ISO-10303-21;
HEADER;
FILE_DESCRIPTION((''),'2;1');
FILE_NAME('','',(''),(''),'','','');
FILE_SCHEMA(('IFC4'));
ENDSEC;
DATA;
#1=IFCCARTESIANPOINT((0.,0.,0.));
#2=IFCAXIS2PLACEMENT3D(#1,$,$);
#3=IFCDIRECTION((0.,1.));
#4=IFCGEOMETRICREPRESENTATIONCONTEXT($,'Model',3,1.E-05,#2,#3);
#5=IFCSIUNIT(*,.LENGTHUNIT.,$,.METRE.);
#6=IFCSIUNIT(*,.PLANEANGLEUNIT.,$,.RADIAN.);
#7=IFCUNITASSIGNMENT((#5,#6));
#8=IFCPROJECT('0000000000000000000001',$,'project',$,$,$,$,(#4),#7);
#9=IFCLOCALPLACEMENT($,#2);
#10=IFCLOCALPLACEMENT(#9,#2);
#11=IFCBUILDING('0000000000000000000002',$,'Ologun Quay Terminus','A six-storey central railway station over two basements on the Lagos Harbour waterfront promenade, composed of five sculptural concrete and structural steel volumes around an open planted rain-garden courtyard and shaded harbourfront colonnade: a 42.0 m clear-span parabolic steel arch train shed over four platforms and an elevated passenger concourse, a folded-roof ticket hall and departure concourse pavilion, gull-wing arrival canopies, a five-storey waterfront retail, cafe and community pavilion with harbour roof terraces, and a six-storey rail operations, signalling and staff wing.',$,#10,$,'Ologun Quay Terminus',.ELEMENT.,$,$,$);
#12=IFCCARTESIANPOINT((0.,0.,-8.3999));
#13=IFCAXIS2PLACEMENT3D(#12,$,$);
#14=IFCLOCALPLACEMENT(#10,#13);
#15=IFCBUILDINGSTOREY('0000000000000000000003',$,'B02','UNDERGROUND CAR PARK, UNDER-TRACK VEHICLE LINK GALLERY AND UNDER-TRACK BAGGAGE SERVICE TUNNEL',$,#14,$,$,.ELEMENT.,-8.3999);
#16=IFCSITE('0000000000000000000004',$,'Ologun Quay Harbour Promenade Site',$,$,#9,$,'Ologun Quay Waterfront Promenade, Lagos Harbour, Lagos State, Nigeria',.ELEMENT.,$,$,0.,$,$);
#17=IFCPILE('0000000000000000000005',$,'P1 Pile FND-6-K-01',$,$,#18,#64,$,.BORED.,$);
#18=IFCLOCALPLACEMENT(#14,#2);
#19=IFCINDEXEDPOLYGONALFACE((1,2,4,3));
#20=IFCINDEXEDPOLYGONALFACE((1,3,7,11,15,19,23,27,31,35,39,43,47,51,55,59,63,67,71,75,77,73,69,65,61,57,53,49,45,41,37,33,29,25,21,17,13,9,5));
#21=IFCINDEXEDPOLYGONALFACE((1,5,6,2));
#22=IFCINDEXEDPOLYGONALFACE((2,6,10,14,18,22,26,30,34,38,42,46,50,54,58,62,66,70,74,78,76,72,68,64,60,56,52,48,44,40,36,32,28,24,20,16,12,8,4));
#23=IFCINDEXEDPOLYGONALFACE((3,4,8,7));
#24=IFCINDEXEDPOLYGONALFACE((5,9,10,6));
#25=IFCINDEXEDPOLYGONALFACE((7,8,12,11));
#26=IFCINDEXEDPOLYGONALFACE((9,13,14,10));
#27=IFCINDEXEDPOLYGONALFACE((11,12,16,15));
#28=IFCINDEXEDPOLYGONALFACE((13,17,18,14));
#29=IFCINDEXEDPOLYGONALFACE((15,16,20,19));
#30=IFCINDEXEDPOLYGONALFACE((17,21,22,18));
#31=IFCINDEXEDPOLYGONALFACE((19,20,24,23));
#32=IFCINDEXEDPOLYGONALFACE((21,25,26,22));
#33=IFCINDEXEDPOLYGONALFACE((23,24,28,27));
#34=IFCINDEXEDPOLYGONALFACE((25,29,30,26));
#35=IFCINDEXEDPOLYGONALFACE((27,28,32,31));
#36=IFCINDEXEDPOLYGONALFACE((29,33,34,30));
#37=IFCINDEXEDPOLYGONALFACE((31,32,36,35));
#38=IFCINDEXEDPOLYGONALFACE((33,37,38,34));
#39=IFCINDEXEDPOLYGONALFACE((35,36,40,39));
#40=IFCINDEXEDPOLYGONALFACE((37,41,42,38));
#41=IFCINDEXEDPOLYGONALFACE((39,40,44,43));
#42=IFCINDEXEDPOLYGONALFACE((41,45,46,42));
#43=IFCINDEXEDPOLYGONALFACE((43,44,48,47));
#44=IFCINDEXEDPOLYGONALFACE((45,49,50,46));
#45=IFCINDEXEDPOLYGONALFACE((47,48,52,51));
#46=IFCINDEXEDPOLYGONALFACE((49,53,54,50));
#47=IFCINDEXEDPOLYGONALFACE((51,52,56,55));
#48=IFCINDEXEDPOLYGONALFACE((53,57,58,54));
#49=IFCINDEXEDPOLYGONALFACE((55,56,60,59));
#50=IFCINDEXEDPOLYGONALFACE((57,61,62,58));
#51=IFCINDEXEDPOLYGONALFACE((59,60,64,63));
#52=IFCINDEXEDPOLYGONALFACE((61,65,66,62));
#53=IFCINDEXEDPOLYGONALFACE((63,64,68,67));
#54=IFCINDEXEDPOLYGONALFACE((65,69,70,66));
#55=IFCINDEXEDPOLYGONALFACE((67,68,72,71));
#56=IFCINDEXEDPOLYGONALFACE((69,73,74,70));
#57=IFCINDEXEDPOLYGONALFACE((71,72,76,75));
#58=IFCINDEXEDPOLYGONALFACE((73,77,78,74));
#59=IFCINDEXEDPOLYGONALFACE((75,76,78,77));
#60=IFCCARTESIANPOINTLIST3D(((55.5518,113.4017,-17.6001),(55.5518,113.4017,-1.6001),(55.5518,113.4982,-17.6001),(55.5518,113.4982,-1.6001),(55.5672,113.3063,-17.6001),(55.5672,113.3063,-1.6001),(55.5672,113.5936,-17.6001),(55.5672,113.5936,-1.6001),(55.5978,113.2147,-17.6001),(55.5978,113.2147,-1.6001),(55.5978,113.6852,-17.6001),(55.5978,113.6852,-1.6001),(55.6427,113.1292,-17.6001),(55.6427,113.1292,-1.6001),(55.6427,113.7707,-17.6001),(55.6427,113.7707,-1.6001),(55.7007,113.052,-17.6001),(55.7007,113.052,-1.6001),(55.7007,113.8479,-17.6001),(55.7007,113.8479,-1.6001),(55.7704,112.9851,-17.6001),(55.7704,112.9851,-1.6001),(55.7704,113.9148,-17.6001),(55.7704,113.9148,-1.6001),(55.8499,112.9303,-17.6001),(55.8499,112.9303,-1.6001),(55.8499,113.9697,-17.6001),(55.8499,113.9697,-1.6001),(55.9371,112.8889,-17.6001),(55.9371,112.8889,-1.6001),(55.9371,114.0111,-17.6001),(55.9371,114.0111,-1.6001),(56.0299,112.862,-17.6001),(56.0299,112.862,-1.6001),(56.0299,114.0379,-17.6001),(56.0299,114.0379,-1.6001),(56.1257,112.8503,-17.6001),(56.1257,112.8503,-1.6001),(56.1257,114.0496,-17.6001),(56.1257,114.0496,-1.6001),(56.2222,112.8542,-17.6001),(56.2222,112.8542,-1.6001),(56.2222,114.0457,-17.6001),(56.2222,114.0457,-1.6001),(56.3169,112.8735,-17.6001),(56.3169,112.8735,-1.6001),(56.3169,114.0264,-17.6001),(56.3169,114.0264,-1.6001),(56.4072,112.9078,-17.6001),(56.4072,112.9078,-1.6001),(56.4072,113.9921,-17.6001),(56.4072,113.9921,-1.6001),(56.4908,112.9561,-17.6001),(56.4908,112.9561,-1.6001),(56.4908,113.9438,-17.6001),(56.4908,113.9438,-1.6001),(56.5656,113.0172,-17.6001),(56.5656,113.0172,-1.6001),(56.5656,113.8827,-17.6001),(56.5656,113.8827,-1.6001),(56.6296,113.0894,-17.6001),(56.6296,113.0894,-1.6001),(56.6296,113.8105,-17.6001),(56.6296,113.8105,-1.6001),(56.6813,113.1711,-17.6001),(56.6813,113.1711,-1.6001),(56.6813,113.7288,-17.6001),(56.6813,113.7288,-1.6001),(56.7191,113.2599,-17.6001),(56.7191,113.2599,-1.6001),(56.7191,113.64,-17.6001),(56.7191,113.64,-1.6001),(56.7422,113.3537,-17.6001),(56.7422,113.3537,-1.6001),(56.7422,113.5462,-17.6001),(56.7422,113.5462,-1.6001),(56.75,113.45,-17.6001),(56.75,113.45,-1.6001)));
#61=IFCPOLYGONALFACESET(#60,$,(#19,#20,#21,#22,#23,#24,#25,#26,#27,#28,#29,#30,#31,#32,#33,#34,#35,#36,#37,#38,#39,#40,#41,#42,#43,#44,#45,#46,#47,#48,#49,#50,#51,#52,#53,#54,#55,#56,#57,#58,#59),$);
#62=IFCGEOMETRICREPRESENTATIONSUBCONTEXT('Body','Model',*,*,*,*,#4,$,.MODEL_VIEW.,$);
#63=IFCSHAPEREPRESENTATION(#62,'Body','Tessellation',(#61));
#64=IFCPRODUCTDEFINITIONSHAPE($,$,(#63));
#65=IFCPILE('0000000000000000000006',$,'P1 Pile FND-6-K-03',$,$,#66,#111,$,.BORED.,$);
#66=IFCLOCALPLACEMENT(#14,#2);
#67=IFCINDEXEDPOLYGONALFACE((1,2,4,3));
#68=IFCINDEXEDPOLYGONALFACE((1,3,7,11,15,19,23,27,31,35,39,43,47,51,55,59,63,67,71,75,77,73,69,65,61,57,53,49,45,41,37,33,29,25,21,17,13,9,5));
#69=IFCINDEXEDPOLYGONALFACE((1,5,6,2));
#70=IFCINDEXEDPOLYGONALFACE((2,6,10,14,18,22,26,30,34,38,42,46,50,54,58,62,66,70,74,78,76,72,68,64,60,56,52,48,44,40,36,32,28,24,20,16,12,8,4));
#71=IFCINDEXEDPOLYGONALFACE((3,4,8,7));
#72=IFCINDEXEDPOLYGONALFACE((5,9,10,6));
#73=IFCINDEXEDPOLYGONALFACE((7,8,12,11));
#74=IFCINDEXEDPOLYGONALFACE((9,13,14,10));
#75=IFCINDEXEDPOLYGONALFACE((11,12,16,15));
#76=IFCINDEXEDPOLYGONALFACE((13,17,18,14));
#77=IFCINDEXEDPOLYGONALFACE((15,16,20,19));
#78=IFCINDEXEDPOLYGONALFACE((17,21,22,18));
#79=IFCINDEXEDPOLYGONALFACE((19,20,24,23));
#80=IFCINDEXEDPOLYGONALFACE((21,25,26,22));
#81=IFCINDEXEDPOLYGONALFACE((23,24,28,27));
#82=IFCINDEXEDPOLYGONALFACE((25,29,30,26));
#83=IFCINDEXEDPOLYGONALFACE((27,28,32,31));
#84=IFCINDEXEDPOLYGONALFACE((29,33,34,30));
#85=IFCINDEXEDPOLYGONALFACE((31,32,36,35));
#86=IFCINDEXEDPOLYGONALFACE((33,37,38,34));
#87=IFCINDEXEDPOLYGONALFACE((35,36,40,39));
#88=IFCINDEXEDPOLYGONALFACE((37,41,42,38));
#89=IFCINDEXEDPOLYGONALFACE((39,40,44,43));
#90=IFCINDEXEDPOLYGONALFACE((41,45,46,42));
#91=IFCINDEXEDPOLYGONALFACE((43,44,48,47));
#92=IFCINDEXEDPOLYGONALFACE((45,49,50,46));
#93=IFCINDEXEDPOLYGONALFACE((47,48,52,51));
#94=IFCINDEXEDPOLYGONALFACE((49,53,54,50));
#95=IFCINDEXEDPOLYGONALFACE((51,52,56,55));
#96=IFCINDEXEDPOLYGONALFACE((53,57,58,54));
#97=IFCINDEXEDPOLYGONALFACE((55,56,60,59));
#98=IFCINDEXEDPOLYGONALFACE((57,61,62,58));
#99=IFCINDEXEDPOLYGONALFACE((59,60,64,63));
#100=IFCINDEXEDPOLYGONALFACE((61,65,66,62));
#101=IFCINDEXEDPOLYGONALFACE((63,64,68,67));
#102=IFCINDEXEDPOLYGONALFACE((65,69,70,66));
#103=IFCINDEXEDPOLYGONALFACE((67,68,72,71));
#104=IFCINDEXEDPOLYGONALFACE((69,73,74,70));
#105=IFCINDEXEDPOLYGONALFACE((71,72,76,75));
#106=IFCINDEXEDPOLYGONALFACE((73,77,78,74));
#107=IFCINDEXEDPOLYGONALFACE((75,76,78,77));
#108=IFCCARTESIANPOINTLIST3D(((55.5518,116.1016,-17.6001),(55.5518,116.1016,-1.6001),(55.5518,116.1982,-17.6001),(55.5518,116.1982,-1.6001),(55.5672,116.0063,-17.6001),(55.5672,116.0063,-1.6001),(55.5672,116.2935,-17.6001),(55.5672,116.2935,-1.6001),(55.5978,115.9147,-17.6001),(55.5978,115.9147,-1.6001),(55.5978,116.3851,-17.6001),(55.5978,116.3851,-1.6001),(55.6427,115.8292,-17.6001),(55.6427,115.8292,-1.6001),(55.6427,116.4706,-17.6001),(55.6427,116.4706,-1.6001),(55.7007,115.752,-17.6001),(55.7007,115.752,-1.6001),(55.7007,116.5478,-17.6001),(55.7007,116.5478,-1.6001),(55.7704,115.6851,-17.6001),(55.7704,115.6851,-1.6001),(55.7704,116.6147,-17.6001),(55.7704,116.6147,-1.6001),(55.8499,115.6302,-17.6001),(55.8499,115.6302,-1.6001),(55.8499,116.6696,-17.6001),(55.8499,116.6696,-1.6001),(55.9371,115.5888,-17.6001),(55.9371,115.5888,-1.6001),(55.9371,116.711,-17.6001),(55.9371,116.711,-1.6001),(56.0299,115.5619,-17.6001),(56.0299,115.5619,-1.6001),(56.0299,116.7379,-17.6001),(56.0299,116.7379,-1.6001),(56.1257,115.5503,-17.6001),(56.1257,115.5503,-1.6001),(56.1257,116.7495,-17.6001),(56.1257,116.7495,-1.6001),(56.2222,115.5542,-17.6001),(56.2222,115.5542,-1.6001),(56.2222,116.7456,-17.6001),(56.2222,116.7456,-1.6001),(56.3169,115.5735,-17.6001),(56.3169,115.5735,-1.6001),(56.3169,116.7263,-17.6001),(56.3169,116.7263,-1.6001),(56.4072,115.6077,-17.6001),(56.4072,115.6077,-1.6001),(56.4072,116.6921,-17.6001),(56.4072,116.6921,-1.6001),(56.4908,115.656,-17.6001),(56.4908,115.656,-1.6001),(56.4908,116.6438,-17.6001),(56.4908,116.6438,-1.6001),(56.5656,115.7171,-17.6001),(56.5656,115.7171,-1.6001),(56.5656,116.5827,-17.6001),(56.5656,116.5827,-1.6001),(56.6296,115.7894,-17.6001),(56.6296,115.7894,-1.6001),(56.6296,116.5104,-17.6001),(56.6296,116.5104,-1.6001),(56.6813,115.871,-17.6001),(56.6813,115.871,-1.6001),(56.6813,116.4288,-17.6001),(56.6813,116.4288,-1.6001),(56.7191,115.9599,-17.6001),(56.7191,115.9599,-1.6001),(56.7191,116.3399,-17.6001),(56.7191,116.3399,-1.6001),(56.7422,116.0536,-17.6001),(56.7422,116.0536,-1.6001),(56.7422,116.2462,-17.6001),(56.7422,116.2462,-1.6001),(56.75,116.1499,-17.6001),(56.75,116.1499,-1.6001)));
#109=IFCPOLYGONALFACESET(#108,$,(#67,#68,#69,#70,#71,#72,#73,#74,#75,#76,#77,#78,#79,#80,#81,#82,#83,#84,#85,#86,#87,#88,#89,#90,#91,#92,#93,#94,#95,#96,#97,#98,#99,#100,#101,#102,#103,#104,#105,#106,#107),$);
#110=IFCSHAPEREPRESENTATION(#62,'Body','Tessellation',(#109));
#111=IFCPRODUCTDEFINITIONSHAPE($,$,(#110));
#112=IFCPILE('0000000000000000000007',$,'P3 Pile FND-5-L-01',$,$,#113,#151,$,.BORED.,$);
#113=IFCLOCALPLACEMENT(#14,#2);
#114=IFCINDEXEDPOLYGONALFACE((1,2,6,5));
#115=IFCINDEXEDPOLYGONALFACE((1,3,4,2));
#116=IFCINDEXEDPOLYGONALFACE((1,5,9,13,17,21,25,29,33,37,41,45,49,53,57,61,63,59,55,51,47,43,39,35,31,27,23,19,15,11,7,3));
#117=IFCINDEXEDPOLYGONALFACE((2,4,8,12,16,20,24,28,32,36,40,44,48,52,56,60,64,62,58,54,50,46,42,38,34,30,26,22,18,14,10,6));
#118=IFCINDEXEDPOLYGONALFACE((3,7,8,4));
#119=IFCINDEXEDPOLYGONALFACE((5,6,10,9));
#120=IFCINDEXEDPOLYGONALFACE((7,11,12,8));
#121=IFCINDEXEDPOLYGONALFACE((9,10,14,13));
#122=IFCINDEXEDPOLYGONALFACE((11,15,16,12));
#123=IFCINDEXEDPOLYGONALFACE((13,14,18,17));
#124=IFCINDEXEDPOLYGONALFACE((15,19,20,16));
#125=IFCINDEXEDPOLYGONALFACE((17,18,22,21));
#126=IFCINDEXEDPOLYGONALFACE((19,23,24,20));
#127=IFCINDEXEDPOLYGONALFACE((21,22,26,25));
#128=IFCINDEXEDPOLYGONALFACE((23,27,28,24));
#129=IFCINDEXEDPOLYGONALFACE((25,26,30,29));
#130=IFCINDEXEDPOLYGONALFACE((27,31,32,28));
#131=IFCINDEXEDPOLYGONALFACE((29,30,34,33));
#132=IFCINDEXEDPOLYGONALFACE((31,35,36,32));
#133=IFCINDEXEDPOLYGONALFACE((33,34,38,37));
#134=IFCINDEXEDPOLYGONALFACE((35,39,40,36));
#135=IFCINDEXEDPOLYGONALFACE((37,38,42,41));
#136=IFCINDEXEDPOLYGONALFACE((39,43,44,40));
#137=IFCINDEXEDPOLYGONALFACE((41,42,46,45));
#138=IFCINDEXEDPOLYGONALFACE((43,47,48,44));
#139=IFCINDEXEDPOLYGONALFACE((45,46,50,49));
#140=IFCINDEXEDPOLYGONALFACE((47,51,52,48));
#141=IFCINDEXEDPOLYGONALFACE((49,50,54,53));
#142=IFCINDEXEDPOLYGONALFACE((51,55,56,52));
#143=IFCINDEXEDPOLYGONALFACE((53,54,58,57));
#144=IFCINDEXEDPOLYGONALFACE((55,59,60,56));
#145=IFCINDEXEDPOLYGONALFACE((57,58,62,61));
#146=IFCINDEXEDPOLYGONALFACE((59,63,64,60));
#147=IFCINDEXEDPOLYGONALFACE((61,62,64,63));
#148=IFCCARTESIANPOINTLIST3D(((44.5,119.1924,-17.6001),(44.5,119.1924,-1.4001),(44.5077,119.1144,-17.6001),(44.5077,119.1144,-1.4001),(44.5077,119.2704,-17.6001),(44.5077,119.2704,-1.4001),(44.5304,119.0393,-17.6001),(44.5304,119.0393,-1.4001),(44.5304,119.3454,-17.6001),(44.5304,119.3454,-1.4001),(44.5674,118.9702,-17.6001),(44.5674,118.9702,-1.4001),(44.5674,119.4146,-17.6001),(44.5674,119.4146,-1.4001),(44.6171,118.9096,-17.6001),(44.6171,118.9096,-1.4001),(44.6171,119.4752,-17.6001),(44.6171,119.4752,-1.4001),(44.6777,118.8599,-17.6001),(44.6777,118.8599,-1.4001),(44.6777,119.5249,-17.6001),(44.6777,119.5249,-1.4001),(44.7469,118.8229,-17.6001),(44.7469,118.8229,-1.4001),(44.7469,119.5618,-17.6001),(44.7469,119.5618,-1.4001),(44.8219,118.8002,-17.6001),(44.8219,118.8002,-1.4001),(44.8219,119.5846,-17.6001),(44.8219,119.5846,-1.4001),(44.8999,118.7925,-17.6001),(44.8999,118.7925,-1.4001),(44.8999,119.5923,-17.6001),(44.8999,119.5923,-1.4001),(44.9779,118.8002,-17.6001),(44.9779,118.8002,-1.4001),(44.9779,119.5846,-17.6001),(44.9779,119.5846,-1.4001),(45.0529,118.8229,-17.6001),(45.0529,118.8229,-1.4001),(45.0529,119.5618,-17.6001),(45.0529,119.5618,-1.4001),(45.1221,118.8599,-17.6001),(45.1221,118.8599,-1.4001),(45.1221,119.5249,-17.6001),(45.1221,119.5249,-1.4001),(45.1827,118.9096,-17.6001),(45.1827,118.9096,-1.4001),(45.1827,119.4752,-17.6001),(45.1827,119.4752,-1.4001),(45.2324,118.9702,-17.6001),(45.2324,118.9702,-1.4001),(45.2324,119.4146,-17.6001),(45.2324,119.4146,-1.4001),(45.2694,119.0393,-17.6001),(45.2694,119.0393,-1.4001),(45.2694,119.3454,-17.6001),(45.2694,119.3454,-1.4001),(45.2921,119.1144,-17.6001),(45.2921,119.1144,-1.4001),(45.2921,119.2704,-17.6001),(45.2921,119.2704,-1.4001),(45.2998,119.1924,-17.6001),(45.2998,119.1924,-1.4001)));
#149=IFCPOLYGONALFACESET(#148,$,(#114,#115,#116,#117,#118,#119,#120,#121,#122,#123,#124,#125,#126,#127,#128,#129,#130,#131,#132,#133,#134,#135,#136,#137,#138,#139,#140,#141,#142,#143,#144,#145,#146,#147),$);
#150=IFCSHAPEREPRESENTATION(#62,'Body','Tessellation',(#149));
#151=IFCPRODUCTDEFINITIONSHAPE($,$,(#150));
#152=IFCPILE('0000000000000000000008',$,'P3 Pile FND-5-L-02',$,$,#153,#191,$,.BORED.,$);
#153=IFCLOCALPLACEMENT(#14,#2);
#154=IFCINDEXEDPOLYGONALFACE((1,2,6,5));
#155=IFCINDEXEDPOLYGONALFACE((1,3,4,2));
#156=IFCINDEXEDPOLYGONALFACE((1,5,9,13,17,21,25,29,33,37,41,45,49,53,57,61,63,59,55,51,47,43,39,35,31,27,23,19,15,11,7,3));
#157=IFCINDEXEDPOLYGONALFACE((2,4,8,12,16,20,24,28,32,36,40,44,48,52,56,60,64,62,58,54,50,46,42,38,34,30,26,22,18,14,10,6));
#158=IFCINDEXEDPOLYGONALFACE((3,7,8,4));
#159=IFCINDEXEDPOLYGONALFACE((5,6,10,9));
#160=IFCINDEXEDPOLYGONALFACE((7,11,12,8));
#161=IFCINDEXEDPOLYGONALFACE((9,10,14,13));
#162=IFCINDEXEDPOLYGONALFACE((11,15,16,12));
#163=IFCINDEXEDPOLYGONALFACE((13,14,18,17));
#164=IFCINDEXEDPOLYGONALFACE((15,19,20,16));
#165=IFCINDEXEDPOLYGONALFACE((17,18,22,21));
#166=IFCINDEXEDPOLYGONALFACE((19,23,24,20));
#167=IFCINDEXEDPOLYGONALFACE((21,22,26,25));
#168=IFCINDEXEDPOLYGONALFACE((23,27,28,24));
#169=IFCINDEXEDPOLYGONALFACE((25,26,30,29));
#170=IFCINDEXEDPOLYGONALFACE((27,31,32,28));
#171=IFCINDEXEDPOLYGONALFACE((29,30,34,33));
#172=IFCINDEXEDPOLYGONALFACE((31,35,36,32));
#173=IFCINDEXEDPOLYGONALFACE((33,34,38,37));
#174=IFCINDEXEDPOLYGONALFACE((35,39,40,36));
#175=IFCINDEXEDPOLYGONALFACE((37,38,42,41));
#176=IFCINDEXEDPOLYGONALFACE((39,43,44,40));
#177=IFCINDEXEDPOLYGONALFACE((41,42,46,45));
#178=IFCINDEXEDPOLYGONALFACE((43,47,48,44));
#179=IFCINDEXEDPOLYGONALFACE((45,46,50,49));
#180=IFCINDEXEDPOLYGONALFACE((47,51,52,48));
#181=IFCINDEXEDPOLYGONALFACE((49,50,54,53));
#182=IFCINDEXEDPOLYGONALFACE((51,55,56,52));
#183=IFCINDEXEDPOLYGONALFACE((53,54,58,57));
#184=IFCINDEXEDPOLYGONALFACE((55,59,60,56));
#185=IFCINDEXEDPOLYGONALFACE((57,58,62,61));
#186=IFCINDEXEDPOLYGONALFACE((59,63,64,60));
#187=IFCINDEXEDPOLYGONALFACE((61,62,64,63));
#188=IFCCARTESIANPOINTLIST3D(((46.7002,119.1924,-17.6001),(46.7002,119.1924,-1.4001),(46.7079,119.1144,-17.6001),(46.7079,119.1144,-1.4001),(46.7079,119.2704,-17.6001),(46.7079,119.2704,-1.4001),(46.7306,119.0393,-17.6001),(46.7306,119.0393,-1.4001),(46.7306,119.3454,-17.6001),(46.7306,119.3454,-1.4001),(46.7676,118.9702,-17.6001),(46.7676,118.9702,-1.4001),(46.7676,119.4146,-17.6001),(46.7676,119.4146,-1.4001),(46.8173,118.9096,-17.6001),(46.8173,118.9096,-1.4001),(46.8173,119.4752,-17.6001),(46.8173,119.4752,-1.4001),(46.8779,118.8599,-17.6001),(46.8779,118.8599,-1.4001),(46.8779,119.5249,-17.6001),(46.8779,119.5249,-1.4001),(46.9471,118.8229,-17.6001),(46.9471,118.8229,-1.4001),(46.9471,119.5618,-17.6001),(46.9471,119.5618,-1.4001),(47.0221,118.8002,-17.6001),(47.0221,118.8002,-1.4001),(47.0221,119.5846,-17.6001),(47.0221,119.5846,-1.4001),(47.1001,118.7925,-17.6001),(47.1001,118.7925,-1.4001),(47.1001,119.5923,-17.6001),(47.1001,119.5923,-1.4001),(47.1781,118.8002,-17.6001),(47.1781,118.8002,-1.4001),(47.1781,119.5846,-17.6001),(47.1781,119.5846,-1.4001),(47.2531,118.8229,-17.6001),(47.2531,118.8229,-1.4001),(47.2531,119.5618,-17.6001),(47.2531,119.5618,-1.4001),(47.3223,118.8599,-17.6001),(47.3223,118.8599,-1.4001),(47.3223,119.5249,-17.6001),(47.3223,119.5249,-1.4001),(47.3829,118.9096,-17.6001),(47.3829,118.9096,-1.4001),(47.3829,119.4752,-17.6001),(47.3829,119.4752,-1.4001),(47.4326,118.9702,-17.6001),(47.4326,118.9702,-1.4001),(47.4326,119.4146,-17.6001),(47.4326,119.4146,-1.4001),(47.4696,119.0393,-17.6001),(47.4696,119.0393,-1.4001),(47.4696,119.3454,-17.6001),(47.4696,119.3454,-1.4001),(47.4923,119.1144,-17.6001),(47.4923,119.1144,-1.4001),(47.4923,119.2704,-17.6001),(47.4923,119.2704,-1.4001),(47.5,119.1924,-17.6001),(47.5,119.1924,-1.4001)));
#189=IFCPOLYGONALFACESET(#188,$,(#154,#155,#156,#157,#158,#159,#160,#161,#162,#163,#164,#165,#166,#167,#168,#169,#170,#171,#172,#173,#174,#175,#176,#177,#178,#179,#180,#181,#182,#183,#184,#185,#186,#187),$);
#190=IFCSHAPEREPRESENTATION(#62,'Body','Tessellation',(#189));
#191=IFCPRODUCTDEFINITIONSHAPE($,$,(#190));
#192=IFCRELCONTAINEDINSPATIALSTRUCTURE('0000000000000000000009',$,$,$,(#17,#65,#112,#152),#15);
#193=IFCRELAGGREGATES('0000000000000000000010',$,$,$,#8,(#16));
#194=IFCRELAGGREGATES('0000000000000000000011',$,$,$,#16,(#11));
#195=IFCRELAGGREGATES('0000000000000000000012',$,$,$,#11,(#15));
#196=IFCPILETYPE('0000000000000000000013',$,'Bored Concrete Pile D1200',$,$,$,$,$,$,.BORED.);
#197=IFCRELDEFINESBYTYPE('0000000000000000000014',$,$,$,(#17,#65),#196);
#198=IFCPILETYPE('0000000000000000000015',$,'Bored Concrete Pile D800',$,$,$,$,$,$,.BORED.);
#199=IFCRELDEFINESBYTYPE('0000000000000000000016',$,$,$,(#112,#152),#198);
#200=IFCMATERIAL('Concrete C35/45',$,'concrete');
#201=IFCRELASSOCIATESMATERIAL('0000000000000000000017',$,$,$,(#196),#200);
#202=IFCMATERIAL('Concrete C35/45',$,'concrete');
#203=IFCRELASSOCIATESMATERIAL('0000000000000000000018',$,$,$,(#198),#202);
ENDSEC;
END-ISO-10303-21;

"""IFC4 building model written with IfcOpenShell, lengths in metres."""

from ifc_helpers import new_model, si_unit, direction, frame, origin, origin_2d, place, context, subcontext, project, spatial, circle, extrude, material, material_profile, profile_set, type_object, element, save


model = new_model("IFC4")

# Units and contexts
model_context = context("Model", 3, precision=1e-05, world=origin(), true_north=direction((0.0, 1.0)))
body_context = subcontext(model_context, "Body", "Model", "MODEL_VIEW")
ifc_project = project(units=[si_unit("LENGTHUNIT", "METRE"), si_unit("PLANEANGLEUNIT", "RADIAN")], contexts=[model_context])

# Site, building, storey
site_placement = place(None, origin())
site = spatial("IfcSite", under=ifc_project, at=site_placement, Name="Ologun Quay Harbour Promenade Site", LongName="Ologun Quay Waterfront Promenade, Lagos Harbour, Lagos State, Nigeria", CompositionType="ELEMENT", RefElevation=0.0)
building_placement = place(site_placement, origin())
building = spatial("IfcBuilding", under=site, at=building_placement, Name="Ologun Quay Terminus", Description="A six-storey central railway station over two basements on the Lagos Harbour waterfront promenade, composed of five sculptural concrete and structural steel volumes around an open planted rain-garden courtyard and shaded harbourfront colonnade: a 42.0 m clear-span parabolic steel arch train shed over four platforms and an elevated passenger concourse, a folded-roof ticket hall and departure concourse pavilion, gull-wing arrival canopies, a five-storey waterfront retail, cafe and community pavilion with harbour roof terraces, and a six-storey rail operations, signalling and staff wing.", LongName="Ologun Quay Terminus", CompositionType="ELEMENT")
storey_placement = place(building_placement, frame((0.0, 0.0, -8.3999)))
storey = spatial("IfcBuildingStorey", under=building, at=storey_placement, Name="B02", Description="UNDERGROUND CAR PARK, UNDER-TRACK VEHICLE LINK GALLERY AND UNDER-TRACK BAGGAGE SERVICE TUNNEL", CompositionType="ELEMENT", Elevation=-8.3999)

# Piles
ifc_material_1 = material(Name="Concrete C35/45", Category="concrete")
ifc_material_profile_1 = material_profile(ifc_material_1, circle(Radius=0.6001, at=origin_2d()), Name="PILE D1200")
ifc_profile_set_1 = profile_set([ifc_material_profile_1], Name="Concrete C35/45")
pile_type_1 = type_object("IfcPileType", Name="Bored Concrete Pile D1200", PredefinedType="BORED", material=ifc_profile_set_1)
for number, where, z_axis, x_axis, name in (
    (1, (56.1499, 113.45, -1.6001), (0.0, 0.0, -1.0), (1.0, 0.0, 0.0), "P1 Pile FND-6-K-01"),
    (2, (56.1499, 116.1499, -1.6001), (0.0, 0.0, -1.0), (1.0, 0.0, 0.0), "P1 Pile FND-6-K-03"),
):
    element("IfcPile", number, at=place(storey_placement, frame(where, z_axis=z_axis, x_axis=x_axis)), inside=storey, type_object=pile_type_1, Name=name, PredefinedType="BORED", context=body_context, shape_type="SweptSolid", body=[
        extrude(circle(Radius=0.6001, at=origin_2d()), origin(), (0.0, 0.0, 1.0), 16.0),
    ])
ifc_material_2 = material(Name="Concrete C35/45", Category="concrete")
ifc_material_profile_2 = material_profile(ifc_material_2, circle(Radius=0.3999, at=origin_2d()), Name="PILE D800")
ifc_profile_set_2 = profile_set([ifc_material_profile_2], Name="Concrete C35/45")
pile_type_2 = type_object("IfcPileType", Name="Bored Concrete Pile D800", PredefinedType="BORED", material=ifc_profile_set_2)
for number, where, z_axis, x_axis, name in (
    (3, (44.8999, 119.1924, -1.4001), (0.0, 0.0, -1.0), (1.0, 0.0, 0.0), "P3 Pile FND-5-L-01"),
    (4, (47.1001, 119.1924, -1.4001), (0.0, 0.0, -1.0), (1.0, 0.0, 0.0), "P3 Pile FND-5-L-02"),
):
    element("IfcPile", number, at=place(storey_placement, frame(where, z_axis=z_axis, x_axis=x_axis)), inside=storey, type_object=pile_type_2, Name=name, PredefinedType="BORED", context=body_context, shape_type="SweptSolid", body=[
        extrude(circle(Radius=0.3999, at=origin_2d()), origin(), (0.0, 0.0, 1.0), 16.2),
    ])

save(model, "model.ifc")
